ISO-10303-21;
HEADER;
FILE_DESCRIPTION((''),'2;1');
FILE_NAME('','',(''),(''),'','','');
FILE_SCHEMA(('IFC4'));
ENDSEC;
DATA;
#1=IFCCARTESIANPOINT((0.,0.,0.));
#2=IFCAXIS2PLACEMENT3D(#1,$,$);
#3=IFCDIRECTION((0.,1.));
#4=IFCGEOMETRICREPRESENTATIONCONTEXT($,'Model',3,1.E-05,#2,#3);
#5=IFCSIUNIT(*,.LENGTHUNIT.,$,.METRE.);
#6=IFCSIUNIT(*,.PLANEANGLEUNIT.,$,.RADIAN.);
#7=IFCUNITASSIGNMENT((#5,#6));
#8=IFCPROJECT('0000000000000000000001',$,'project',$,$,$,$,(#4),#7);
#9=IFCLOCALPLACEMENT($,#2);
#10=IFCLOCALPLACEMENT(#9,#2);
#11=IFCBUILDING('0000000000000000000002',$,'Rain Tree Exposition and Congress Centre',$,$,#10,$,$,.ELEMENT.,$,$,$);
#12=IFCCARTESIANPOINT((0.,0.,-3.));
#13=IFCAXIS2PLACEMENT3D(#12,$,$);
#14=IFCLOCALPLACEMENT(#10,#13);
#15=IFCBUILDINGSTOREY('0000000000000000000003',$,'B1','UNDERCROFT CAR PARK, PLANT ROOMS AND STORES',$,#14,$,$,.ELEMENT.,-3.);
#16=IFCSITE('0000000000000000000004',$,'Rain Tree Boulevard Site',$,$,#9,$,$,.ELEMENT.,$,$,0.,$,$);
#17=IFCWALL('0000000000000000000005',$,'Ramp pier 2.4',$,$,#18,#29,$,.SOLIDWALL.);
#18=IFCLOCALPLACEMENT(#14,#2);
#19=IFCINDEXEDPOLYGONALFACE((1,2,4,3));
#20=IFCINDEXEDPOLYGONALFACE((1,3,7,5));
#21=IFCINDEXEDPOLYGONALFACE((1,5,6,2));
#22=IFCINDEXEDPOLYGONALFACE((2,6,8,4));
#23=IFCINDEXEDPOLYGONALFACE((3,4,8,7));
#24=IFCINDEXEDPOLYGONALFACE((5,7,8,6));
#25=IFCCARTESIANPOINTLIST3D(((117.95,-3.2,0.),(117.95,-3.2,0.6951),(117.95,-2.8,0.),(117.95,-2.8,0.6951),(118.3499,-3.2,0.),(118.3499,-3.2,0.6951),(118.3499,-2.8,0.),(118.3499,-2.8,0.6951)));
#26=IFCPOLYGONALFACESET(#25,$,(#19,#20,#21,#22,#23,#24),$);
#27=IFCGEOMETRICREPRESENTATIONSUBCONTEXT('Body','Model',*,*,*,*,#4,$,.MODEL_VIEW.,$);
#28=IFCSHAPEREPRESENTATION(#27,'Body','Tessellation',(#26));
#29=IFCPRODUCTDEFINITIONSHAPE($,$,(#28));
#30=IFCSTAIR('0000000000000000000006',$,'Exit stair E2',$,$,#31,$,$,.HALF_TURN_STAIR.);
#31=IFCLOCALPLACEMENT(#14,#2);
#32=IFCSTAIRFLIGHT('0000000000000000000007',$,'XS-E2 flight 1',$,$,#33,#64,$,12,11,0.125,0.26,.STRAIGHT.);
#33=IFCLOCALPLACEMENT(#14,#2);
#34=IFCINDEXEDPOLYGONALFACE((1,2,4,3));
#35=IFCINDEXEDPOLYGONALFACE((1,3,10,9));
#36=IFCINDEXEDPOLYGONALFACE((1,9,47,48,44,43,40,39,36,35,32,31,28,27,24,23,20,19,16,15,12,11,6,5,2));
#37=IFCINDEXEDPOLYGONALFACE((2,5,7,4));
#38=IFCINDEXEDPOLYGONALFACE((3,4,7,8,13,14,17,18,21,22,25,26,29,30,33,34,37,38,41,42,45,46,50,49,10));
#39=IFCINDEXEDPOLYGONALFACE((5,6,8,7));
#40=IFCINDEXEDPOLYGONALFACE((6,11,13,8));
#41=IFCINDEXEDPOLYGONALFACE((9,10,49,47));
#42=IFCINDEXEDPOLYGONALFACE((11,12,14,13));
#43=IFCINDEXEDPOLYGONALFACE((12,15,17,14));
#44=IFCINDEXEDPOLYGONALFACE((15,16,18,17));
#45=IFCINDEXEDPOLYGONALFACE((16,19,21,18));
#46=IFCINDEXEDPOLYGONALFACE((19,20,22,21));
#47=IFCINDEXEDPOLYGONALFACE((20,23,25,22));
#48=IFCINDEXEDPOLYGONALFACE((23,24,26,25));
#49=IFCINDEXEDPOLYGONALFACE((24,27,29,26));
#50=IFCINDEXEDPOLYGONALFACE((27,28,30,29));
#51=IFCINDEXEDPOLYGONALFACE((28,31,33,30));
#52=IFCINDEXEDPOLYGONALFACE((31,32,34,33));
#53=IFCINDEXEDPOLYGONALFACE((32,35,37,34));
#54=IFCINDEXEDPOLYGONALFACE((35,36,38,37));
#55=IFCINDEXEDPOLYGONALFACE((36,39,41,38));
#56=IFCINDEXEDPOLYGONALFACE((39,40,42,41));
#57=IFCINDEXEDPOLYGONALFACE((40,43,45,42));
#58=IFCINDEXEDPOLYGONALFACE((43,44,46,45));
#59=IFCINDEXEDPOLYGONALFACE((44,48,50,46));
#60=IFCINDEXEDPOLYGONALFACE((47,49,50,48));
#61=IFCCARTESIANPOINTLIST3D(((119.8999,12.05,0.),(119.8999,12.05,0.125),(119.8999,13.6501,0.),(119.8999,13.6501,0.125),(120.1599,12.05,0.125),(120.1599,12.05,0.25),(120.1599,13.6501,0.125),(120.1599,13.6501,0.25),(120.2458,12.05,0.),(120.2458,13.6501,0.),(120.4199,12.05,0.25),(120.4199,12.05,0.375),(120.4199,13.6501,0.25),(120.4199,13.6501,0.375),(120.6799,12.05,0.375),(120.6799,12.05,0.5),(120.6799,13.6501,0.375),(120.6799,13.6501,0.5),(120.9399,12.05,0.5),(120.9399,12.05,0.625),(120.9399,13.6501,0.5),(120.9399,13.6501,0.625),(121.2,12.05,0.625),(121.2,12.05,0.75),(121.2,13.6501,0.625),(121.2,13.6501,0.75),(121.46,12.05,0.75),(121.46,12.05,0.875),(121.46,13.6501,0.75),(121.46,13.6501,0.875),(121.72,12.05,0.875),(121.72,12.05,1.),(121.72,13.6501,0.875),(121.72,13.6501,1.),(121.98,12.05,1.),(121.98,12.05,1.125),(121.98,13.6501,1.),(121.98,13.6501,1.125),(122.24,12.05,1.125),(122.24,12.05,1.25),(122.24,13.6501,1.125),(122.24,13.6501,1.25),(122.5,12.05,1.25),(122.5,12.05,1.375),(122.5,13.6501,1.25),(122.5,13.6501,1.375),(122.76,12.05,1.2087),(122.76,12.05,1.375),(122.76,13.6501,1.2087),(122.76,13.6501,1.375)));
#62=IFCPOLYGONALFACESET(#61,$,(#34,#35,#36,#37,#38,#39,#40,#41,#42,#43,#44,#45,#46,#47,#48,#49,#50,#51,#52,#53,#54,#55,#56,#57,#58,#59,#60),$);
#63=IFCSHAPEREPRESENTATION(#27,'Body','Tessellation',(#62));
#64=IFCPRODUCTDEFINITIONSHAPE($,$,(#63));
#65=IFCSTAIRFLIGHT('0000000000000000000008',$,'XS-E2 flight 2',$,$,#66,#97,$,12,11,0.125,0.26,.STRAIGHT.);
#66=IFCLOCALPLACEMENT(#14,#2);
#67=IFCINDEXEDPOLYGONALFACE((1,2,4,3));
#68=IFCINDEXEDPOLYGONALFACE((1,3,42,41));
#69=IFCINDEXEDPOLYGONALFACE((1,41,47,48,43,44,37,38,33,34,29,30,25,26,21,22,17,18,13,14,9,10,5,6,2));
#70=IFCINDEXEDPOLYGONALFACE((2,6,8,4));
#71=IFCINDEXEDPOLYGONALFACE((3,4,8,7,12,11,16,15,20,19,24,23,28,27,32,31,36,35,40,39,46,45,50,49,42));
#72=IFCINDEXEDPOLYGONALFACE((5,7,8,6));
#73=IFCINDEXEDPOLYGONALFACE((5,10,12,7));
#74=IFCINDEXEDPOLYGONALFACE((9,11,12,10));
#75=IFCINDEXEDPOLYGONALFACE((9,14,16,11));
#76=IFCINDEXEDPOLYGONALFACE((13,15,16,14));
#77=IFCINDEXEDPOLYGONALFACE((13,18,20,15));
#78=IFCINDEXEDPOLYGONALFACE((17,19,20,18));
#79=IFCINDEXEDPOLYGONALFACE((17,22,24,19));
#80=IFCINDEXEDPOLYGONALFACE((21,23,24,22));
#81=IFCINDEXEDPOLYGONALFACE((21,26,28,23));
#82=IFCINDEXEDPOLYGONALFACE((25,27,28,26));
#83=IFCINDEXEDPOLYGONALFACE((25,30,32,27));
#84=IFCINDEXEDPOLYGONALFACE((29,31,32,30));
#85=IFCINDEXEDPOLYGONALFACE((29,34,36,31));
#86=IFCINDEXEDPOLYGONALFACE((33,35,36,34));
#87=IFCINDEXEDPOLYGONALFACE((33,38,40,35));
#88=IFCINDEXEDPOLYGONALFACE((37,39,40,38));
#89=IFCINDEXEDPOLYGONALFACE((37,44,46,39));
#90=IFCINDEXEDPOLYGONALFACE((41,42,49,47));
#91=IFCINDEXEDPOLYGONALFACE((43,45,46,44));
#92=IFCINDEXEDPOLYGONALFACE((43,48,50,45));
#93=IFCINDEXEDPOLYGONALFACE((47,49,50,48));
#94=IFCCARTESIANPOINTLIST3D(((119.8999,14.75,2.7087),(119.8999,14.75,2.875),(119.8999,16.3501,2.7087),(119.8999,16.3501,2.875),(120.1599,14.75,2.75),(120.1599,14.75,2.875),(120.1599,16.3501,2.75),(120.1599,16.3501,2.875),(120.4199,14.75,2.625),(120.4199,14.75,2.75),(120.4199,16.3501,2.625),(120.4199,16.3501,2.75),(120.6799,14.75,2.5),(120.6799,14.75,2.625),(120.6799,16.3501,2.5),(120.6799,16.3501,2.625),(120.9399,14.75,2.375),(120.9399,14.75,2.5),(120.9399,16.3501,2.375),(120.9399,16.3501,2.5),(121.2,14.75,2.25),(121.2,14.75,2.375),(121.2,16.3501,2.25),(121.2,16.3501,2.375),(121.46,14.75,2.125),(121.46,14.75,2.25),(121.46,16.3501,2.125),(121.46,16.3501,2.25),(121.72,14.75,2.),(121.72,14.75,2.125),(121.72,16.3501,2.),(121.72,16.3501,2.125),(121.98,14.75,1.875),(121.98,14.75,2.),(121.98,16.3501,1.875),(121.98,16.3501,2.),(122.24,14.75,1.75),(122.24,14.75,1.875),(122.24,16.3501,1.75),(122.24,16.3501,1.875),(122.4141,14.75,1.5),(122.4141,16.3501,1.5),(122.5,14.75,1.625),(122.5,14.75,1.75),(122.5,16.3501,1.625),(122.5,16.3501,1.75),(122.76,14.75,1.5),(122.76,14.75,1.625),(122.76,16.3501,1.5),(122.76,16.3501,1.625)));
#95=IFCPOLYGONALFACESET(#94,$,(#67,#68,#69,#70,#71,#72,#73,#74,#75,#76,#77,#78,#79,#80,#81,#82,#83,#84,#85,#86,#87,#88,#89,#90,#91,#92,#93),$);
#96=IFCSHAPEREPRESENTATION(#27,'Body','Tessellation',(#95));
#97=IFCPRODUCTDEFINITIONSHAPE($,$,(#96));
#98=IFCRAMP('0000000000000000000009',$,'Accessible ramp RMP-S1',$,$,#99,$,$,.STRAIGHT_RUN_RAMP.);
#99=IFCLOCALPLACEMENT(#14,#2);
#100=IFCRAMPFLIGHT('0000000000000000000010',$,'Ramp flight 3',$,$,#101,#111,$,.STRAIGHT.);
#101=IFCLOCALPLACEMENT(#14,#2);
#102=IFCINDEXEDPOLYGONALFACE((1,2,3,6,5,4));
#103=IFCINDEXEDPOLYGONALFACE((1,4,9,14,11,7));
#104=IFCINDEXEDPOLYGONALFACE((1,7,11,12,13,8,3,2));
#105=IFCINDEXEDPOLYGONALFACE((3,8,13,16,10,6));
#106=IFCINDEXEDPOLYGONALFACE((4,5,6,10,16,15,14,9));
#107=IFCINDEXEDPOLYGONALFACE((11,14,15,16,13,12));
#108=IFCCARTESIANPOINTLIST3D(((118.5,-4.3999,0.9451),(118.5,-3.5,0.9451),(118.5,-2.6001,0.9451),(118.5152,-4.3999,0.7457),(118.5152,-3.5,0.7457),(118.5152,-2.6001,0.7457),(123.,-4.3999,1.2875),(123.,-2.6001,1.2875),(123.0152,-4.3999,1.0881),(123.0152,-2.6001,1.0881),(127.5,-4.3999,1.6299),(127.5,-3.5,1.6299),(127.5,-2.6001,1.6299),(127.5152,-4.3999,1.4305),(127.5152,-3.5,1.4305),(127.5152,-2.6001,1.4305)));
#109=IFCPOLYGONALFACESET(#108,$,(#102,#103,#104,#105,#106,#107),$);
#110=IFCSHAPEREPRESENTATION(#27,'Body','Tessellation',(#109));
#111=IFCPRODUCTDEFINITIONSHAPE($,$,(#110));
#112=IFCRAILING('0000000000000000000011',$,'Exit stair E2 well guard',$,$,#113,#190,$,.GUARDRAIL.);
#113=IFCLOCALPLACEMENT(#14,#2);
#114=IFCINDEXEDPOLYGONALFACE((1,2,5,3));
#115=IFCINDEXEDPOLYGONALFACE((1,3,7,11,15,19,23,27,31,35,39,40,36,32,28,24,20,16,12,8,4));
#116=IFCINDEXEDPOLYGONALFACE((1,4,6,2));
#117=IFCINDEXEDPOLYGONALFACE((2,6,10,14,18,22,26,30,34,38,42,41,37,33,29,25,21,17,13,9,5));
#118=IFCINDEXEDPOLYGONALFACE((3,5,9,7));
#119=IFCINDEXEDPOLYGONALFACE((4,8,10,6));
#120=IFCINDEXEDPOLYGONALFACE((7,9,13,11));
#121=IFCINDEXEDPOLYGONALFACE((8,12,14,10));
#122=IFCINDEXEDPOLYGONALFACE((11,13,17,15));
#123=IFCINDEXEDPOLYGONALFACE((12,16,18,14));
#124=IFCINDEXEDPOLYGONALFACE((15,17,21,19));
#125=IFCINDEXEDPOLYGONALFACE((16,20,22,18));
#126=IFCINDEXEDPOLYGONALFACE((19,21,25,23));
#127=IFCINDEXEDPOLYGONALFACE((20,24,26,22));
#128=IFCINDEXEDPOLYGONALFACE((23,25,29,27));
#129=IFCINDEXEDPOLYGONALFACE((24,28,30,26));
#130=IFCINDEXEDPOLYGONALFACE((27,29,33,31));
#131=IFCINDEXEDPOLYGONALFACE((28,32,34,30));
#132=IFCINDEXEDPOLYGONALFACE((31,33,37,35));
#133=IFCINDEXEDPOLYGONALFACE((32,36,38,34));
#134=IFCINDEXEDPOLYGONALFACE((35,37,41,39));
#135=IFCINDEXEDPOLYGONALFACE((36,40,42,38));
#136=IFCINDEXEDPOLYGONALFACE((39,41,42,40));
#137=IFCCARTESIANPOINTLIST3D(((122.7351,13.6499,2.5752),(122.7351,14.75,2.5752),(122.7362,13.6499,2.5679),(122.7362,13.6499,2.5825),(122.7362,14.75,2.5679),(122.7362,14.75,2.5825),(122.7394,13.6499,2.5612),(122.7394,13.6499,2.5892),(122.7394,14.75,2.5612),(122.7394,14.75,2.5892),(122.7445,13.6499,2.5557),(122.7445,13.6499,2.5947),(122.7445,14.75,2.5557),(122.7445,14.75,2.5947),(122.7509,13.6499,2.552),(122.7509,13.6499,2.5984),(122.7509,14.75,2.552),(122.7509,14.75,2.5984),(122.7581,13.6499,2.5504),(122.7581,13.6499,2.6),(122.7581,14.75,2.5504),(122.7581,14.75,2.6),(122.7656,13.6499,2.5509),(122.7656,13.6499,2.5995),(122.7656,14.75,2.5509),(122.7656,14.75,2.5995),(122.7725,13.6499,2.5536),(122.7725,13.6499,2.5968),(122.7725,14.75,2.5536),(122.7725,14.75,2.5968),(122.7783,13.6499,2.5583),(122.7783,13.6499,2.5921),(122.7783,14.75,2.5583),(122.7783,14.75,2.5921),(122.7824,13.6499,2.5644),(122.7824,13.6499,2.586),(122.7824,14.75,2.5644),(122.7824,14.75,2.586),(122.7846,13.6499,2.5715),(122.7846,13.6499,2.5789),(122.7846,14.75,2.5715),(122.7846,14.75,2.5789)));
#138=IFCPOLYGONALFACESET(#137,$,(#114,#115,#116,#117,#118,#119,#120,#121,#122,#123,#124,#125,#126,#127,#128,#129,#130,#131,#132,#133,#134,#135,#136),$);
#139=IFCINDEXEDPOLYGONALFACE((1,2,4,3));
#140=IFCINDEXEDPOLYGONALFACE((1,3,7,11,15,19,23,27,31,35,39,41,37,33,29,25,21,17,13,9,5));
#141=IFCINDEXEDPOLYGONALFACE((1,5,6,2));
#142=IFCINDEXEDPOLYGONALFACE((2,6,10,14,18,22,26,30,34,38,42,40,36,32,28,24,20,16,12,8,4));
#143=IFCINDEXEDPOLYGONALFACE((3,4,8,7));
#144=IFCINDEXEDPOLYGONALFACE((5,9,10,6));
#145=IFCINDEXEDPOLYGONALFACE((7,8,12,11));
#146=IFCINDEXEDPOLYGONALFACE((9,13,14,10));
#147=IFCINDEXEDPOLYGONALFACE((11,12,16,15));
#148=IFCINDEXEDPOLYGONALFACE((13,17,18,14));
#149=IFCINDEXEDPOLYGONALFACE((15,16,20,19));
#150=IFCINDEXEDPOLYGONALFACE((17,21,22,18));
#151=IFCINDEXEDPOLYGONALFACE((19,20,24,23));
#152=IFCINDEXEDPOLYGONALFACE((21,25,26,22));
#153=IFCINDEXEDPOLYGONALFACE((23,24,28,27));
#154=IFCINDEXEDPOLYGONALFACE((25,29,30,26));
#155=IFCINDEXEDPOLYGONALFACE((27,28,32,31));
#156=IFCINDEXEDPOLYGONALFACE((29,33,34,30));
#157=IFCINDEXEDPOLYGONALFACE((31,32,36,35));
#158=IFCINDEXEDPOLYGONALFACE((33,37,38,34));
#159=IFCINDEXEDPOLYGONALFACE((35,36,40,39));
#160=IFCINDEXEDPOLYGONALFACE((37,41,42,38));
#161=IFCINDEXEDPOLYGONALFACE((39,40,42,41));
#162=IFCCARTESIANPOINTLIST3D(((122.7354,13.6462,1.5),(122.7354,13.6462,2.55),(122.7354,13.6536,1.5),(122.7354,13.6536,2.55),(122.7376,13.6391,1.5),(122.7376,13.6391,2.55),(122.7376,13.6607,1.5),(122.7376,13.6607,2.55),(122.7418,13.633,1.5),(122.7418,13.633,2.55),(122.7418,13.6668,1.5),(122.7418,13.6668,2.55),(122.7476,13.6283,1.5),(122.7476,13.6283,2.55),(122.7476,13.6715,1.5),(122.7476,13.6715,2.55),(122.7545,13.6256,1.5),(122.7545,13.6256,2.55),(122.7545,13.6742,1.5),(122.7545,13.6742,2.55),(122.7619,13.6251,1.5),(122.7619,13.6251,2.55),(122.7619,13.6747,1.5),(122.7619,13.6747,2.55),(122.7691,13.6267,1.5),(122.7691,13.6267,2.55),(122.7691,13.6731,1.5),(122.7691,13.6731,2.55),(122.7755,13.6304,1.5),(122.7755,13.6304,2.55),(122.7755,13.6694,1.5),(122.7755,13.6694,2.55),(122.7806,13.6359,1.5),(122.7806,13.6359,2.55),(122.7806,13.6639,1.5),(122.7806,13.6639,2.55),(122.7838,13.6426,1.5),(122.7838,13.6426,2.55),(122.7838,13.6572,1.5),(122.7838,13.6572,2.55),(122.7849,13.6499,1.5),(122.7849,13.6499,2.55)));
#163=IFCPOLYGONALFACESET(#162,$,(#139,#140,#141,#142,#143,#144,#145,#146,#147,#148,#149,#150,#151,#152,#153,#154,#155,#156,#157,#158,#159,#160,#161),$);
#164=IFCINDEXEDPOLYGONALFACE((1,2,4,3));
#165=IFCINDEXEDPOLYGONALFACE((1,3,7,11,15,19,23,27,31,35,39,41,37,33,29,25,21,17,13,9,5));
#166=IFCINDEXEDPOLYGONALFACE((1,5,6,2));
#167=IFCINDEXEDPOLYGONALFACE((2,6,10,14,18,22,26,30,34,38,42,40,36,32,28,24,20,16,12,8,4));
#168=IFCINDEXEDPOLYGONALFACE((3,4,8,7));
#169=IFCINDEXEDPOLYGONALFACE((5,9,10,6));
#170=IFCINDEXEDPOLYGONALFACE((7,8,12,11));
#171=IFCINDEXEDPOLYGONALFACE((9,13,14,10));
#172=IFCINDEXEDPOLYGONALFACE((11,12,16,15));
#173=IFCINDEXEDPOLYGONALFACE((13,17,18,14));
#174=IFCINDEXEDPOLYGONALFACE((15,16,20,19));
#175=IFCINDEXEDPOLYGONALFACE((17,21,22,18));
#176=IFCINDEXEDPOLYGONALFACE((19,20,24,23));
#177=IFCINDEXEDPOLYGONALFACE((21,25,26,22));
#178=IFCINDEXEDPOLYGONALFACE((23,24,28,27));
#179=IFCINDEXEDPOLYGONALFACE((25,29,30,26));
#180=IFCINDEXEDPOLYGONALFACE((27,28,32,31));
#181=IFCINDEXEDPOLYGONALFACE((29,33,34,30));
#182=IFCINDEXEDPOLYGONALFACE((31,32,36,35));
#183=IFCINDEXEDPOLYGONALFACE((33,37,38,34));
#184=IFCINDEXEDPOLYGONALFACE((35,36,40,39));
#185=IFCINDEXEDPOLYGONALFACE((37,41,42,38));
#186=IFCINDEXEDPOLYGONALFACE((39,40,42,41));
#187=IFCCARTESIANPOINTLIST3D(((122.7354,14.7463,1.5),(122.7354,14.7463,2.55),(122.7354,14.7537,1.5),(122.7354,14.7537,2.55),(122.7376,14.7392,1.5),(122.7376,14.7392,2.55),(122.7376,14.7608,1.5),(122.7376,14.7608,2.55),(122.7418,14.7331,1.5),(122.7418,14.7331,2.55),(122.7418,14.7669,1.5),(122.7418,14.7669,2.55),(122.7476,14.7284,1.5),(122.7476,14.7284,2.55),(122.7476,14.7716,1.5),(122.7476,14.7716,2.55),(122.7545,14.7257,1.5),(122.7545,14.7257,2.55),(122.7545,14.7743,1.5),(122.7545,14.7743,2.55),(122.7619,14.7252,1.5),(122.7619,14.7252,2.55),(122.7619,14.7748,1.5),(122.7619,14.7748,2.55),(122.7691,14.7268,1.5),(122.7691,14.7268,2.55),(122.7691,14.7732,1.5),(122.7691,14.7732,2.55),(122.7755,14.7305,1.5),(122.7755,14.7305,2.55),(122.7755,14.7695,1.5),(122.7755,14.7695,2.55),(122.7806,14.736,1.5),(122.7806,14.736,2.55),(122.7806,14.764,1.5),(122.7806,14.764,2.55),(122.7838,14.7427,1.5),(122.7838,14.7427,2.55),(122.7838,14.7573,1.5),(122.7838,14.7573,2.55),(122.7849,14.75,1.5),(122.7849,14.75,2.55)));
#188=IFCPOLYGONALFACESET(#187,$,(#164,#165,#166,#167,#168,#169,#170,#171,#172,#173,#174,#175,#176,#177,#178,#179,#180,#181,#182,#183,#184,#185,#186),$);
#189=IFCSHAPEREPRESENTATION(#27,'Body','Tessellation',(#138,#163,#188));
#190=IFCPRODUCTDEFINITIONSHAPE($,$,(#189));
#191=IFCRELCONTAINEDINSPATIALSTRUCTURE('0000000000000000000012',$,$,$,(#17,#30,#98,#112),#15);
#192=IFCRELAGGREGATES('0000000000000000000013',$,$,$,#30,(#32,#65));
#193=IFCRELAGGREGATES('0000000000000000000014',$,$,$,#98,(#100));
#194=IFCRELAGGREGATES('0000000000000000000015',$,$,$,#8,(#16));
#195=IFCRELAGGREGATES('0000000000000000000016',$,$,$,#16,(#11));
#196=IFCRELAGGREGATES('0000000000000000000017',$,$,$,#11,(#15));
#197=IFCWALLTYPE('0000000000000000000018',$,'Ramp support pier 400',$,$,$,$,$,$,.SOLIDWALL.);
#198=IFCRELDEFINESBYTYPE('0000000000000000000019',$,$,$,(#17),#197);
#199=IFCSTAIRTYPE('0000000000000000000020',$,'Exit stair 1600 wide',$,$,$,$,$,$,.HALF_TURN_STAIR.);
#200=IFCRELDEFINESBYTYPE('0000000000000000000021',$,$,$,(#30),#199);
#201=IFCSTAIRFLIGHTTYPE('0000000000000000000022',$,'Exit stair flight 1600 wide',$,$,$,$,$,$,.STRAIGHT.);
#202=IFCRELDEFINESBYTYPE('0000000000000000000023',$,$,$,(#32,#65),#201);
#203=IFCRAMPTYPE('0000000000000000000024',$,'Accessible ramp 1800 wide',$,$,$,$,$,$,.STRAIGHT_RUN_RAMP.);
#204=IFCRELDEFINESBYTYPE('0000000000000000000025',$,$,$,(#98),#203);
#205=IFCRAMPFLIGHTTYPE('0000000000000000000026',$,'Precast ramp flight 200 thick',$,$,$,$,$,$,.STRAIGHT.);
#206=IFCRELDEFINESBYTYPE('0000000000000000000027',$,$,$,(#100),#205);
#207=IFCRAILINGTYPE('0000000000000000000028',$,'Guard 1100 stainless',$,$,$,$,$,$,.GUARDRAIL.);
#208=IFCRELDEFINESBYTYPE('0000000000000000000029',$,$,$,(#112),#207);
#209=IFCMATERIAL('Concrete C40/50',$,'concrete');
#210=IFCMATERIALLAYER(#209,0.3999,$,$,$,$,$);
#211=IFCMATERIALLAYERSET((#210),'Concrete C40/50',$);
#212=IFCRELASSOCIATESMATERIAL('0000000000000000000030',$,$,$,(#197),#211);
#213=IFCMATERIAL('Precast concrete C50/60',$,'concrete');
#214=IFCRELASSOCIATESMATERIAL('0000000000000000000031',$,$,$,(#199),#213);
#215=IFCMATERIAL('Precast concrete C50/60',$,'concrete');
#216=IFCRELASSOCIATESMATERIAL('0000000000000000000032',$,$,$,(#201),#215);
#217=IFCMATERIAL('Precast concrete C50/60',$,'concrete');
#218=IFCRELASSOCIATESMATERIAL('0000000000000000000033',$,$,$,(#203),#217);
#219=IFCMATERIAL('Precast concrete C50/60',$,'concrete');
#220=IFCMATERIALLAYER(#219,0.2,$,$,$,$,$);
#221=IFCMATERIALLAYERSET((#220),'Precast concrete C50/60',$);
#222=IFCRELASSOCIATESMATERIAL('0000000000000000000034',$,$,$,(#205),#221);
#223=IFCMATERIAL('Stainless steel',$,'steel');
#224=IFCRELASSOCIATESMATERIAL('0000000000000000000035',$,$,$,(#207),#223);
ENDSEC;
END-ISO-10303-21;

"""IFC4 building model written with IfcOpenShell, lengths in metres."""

from ifc_helpers import new_model, si_unit, direction, frame, frame_2d, origin, origin_2d, place, context, subcontext, project, spatial, polyline, rectangle, circle, outline, extrude, material, layer, layer_set, type_object, element, aggregate, save


model = new_model("IFC4")

# Units and contexts
model_context = context("Model", 3, precision=1e-05, world=origin(), true_north=direction((0.0, 1.0)))
body_context = subcontext(model_context, "Body", "Model", "MODEL_VIEW")
ifc_project = project(units=[si_unit("LENGTHUNIT", "METRE"), si_unit("PLANEANGLEUNIT", "RADIAN")], contexts=[model_context])

# Site, building, storey
site_placement = place(None, origin())
site = spatial("IfcSite", under=ifc_project, at=site_placement, Name="Rain Tree Boulevard Site", CompositionType="ELEMENT", RefElevation=0.0)
building_placement = place(site_placement, origin())
building = spatial("IfcBuilding", under=site, at=building_placement, Name="Rain Tree Exposition and Congress Centre", CompositionType="ELEMENT")
storey_placement = place(building_placement, frame((0.0, 0.0, -3.0)))
storey = spatial("IfcBuildingStorey", under=building, at=storey_placement, Name="B1", Description="UNDERCROFT CAR PARK, PLANT ROOMS AND STORES", CompositionType="ELEMENT", Elevation=-3.0)

# Wall
ifc_material_1 = material(Name="Concrete C40/50", Category="concrete")
ifc_layer_1 = layer(ifc_material_1, 0.3999)
ifc_layer_set_1 = layer_set([ifc_layer_1], Name="Concrete C40/50")
wall_type_1 = type_object("IfcWallType", Name="Ramp support pier 400", PredefinedType="SOLIDWALL", material=ifc_layer_set_1)
for number, where, z_axis, x_axis, name in (
    (1, (118.1499, -3.2, 0.0), (0.0, 0.0, 1.0), (0.0, 1.0, 0.0), "Ramp pier 2.4"),
):
    element("IfcWall", number, at=place(storey_placement, frame(where, z_axis=z_axis, x_axis=x_axis)), inside=storey, type_object=wall_type_1, Name=name, PredefinedType="SOLIDWALL", context=body_context, shape_type="SweptSolid", body=[
        extrude(rectangle(XDim=0.3999, YDim=0.3999, at=frame_2d((0.2, 0.0))), origin(), (0.0, 0.0, 1.0), 0.6951),
    ])

# Stair, stair flights
ifc_material_2 = material(Name="Precast concrete C50/60", Category="concrete")
stair_type = type_object("IfcStairType", Name="Exit stair 1600 wide", PredefinedType="HALF_TURN_STAIR", material=ifc_material_2)
stair_placement = place(storey_placement, origin())
stair = element("IfcStair", 2, at=stair_placement, inside=storey, type_object=stair_type, Name="Exit stair E2", PredefinedType="HALF_TURN_STAIR")
ifc_material_3 = material(Name="Precast concrete C50/60", Category="concrete")
stair_flight_type = type_object("IfcStairFlightType", Name="Exit stair flight 1600 wide", PredefinedType="STRAIGHT", material=ifc_material_3)
stair_flight_1_placement = place(storey_placement, frame((119.8999, 12.8501, 0.0), z_axis=(0.0, 0.0, 1.0), x_axis=(1.0, 0.0, 0.0)))
stair_flight_1 = element("IfcStairFlight", 3, at=stair_flight_1_placement, type_object=stair_flight_type, Name="XS-E2 flight 1", NumberOfRisers=12, NumberOfTreads=11, PredefinedType="STRAIGHT", RiserHeight=0.125, TreadLength=0.26, context=body_context, shape_type="SweptSolid", body=[
    extrude(outline(polyline([(0.0, 0.0), (0.0, 0.125), (0.26, 0.125), (0.26, 0.25), (0.52, 0.25), (0.52, 0.375), (0.78, 0.375), (0.78, 0.5), (1.04, 0.5), (1.04, 0.625), (1.3, 0.625), (1.3, 0.75), (1.5601, 0.75), (1.5601, 0.875), (1.8201, 0.875), (1.8201, 1.0), (2.0801, 1.0), (2.0801, 1.125), (2.3401, 1.125), (2.3401, 1.25), (2.6001, 1.25), (2.6001, 1.375), (2.8601, 1.375), (2.8601, 1.5), (2.8601, 1.2087), (0.3459, 0.0), (0.0, 0.0)])), frame((0.0, 0.8, 0.0), z_axis=(0.0, -1.0, 0.0), x_axis=(1.0, 0.0, 0.0)), (0.0, 0.0, 1.0), 1.6001),
])
stair_flight_2_placement = place(storey_placement, frame((122.76, 15.55, 1.5), z_axis=(0.0, 0.0, 1.0), x_axis=(-1.0, 0.0, 0.0)))
stair_flight_2 = element("IfcStairFlight", 4, at=stair_flight_2_placement, type_object=stair_flight_type, Name="XS-E2 flight 2", NumberOfRisers=12, NumberOfTreads=11, PredefinedType="STRAIGHT", RiserHeight=0.125, TreadLength=0.26, context=body_context, shape_type="SweptSolid", body=[
    extrude(outline(polyline([(0.0, 0.0), (0.0, 0.125), (0.26, 0.125), (0.26, 0.25), (0.52, 0.25), (0.52, 0.375), (0.78, 0.375), (0.78, 0.5), (1.04, 0.5), (1.04, 0.625), (1.3, 0.625), (1.3, 0.75), (1.5601, 0.75), (1.5601, 0.875), (1.8201, 0.875), (1.8201, 1.0), (2.0801, 1.0), (2.0801, 1.125), (2.3401, 1.125), (2.3401, 1.25), (2.6001, 1.25), (2.6001, 1.375), (2.8601, 1.375), (2.8601, 1.5), (2.8601, 1.2087), (0.3459, 0.0), (0.0, 0.0)])), frame((0.0, 0.8, 0.0), z_axis=(0.0, -1.0, 0.0), x_axis=(1.0, 0.0, 0.0)), (0.0, 0.0, 1.0), 1.6001),
])
aggregate(stair, [stair_flight_1, stair_flight_2])

# Ramp, ramp flight
ifc_material_4 = material(Name="Precast concrete C50/60", Category="concrete")
ramp_type = type_object("IfcRampType", Name="Accessible ramp 1800 wide", PredefinedType="STRAIGHT_RUN_RAMP", material=ifc_material_4)
ramp_placement = place(storey_placement, origin())
ramp = element("IfcRamp", 5, at=ramp_placement, inside=storey, type_object=ramp_type, Name="Accessible ramp RMP-S1", PredefinedType="STRAIGHT_RUN_RAMP")
ifc_material_5 = material(Name="Precast concrete C50/60", Category="concrete")
ifc_layer_2 = layer(ifc_material_5, 0.2)
ifc_layer_set_2 = layer_set([ifc_layer_2], Name="Precast concrete C50/60")
ramp_flight_type = type_object("IfcRampFlightType", Name="Precast ramp flight 200 thick", PredefinedType="STRAIGHT", material=ifc_layer_set_2)
ramp_flight_placement = place(storey_placement, frame((118.5, -4.3999, 0.9451), z_axis=(-0.075871, 0.0, 0.997118), x_axis=(0.997118, 0.0, 0.075871)))
ramp_flight = element("IfcRampFlight", 6, at=ramp_flight_placement, type_object=ramp_flight_type, Name="Ramp flight 3", PredefinedType="STRAIGHT", context=body_context, shape_type="SweptSolid", body=[
    extrude(outline(polyline([(0.0, 0.0), (4.513, 0.0), (9.026, 0.0), (9.026, 0.8999), (9.026, 1.7998), (4.513, 1.7998), (0.0, 1.7998), (0.0, 0.8999), (0.0, 0.0)])), origin(), (0.0, 0.0, -1.0), 0.2),
])
aggregate(ramp, [ramp_flight])

# Railing
ifc_material_6 = material(Name="Stainless steel", Category="steel")
railing_type = type_object("IfcRailingType", Name="Guard 1100 stainless", PredefinedType="GUARDRAIL", material=ifc_material_6)
railing_placement = place(storey_placement, frame((122.76, 13.6499, 1.5)))
element("IfcRailing", 7, at=railing_placement, inside=storey, type_object=railing_type, Name="Exit stair E2 well guard", PredefinedType="GUARDRAIL", context=body_context, shape_type="SweptSolid", body=[
    extrude(circle(Radius=0.0249, at=origin_2d()), frame((0.0, 0.0, 1.0752), z_axis=(0.0, 1.0, 0.0), x_axis=(-1.0, 0.0, 0.0)), (0.0, 0.0, 1.0), 1.1001),
    extrude(circle(Radius=0.0249, at=origin_2d()), origin(), (0.0, 0.0, 1.0), 1.05),
    extrude(circle(Radius=0.0249, at=origin_2d()), frame((0.0, 1.1001, 0.0)), (0.0, 0.0, 1.0), 1.05),
])

save(model, "model.ifc")
